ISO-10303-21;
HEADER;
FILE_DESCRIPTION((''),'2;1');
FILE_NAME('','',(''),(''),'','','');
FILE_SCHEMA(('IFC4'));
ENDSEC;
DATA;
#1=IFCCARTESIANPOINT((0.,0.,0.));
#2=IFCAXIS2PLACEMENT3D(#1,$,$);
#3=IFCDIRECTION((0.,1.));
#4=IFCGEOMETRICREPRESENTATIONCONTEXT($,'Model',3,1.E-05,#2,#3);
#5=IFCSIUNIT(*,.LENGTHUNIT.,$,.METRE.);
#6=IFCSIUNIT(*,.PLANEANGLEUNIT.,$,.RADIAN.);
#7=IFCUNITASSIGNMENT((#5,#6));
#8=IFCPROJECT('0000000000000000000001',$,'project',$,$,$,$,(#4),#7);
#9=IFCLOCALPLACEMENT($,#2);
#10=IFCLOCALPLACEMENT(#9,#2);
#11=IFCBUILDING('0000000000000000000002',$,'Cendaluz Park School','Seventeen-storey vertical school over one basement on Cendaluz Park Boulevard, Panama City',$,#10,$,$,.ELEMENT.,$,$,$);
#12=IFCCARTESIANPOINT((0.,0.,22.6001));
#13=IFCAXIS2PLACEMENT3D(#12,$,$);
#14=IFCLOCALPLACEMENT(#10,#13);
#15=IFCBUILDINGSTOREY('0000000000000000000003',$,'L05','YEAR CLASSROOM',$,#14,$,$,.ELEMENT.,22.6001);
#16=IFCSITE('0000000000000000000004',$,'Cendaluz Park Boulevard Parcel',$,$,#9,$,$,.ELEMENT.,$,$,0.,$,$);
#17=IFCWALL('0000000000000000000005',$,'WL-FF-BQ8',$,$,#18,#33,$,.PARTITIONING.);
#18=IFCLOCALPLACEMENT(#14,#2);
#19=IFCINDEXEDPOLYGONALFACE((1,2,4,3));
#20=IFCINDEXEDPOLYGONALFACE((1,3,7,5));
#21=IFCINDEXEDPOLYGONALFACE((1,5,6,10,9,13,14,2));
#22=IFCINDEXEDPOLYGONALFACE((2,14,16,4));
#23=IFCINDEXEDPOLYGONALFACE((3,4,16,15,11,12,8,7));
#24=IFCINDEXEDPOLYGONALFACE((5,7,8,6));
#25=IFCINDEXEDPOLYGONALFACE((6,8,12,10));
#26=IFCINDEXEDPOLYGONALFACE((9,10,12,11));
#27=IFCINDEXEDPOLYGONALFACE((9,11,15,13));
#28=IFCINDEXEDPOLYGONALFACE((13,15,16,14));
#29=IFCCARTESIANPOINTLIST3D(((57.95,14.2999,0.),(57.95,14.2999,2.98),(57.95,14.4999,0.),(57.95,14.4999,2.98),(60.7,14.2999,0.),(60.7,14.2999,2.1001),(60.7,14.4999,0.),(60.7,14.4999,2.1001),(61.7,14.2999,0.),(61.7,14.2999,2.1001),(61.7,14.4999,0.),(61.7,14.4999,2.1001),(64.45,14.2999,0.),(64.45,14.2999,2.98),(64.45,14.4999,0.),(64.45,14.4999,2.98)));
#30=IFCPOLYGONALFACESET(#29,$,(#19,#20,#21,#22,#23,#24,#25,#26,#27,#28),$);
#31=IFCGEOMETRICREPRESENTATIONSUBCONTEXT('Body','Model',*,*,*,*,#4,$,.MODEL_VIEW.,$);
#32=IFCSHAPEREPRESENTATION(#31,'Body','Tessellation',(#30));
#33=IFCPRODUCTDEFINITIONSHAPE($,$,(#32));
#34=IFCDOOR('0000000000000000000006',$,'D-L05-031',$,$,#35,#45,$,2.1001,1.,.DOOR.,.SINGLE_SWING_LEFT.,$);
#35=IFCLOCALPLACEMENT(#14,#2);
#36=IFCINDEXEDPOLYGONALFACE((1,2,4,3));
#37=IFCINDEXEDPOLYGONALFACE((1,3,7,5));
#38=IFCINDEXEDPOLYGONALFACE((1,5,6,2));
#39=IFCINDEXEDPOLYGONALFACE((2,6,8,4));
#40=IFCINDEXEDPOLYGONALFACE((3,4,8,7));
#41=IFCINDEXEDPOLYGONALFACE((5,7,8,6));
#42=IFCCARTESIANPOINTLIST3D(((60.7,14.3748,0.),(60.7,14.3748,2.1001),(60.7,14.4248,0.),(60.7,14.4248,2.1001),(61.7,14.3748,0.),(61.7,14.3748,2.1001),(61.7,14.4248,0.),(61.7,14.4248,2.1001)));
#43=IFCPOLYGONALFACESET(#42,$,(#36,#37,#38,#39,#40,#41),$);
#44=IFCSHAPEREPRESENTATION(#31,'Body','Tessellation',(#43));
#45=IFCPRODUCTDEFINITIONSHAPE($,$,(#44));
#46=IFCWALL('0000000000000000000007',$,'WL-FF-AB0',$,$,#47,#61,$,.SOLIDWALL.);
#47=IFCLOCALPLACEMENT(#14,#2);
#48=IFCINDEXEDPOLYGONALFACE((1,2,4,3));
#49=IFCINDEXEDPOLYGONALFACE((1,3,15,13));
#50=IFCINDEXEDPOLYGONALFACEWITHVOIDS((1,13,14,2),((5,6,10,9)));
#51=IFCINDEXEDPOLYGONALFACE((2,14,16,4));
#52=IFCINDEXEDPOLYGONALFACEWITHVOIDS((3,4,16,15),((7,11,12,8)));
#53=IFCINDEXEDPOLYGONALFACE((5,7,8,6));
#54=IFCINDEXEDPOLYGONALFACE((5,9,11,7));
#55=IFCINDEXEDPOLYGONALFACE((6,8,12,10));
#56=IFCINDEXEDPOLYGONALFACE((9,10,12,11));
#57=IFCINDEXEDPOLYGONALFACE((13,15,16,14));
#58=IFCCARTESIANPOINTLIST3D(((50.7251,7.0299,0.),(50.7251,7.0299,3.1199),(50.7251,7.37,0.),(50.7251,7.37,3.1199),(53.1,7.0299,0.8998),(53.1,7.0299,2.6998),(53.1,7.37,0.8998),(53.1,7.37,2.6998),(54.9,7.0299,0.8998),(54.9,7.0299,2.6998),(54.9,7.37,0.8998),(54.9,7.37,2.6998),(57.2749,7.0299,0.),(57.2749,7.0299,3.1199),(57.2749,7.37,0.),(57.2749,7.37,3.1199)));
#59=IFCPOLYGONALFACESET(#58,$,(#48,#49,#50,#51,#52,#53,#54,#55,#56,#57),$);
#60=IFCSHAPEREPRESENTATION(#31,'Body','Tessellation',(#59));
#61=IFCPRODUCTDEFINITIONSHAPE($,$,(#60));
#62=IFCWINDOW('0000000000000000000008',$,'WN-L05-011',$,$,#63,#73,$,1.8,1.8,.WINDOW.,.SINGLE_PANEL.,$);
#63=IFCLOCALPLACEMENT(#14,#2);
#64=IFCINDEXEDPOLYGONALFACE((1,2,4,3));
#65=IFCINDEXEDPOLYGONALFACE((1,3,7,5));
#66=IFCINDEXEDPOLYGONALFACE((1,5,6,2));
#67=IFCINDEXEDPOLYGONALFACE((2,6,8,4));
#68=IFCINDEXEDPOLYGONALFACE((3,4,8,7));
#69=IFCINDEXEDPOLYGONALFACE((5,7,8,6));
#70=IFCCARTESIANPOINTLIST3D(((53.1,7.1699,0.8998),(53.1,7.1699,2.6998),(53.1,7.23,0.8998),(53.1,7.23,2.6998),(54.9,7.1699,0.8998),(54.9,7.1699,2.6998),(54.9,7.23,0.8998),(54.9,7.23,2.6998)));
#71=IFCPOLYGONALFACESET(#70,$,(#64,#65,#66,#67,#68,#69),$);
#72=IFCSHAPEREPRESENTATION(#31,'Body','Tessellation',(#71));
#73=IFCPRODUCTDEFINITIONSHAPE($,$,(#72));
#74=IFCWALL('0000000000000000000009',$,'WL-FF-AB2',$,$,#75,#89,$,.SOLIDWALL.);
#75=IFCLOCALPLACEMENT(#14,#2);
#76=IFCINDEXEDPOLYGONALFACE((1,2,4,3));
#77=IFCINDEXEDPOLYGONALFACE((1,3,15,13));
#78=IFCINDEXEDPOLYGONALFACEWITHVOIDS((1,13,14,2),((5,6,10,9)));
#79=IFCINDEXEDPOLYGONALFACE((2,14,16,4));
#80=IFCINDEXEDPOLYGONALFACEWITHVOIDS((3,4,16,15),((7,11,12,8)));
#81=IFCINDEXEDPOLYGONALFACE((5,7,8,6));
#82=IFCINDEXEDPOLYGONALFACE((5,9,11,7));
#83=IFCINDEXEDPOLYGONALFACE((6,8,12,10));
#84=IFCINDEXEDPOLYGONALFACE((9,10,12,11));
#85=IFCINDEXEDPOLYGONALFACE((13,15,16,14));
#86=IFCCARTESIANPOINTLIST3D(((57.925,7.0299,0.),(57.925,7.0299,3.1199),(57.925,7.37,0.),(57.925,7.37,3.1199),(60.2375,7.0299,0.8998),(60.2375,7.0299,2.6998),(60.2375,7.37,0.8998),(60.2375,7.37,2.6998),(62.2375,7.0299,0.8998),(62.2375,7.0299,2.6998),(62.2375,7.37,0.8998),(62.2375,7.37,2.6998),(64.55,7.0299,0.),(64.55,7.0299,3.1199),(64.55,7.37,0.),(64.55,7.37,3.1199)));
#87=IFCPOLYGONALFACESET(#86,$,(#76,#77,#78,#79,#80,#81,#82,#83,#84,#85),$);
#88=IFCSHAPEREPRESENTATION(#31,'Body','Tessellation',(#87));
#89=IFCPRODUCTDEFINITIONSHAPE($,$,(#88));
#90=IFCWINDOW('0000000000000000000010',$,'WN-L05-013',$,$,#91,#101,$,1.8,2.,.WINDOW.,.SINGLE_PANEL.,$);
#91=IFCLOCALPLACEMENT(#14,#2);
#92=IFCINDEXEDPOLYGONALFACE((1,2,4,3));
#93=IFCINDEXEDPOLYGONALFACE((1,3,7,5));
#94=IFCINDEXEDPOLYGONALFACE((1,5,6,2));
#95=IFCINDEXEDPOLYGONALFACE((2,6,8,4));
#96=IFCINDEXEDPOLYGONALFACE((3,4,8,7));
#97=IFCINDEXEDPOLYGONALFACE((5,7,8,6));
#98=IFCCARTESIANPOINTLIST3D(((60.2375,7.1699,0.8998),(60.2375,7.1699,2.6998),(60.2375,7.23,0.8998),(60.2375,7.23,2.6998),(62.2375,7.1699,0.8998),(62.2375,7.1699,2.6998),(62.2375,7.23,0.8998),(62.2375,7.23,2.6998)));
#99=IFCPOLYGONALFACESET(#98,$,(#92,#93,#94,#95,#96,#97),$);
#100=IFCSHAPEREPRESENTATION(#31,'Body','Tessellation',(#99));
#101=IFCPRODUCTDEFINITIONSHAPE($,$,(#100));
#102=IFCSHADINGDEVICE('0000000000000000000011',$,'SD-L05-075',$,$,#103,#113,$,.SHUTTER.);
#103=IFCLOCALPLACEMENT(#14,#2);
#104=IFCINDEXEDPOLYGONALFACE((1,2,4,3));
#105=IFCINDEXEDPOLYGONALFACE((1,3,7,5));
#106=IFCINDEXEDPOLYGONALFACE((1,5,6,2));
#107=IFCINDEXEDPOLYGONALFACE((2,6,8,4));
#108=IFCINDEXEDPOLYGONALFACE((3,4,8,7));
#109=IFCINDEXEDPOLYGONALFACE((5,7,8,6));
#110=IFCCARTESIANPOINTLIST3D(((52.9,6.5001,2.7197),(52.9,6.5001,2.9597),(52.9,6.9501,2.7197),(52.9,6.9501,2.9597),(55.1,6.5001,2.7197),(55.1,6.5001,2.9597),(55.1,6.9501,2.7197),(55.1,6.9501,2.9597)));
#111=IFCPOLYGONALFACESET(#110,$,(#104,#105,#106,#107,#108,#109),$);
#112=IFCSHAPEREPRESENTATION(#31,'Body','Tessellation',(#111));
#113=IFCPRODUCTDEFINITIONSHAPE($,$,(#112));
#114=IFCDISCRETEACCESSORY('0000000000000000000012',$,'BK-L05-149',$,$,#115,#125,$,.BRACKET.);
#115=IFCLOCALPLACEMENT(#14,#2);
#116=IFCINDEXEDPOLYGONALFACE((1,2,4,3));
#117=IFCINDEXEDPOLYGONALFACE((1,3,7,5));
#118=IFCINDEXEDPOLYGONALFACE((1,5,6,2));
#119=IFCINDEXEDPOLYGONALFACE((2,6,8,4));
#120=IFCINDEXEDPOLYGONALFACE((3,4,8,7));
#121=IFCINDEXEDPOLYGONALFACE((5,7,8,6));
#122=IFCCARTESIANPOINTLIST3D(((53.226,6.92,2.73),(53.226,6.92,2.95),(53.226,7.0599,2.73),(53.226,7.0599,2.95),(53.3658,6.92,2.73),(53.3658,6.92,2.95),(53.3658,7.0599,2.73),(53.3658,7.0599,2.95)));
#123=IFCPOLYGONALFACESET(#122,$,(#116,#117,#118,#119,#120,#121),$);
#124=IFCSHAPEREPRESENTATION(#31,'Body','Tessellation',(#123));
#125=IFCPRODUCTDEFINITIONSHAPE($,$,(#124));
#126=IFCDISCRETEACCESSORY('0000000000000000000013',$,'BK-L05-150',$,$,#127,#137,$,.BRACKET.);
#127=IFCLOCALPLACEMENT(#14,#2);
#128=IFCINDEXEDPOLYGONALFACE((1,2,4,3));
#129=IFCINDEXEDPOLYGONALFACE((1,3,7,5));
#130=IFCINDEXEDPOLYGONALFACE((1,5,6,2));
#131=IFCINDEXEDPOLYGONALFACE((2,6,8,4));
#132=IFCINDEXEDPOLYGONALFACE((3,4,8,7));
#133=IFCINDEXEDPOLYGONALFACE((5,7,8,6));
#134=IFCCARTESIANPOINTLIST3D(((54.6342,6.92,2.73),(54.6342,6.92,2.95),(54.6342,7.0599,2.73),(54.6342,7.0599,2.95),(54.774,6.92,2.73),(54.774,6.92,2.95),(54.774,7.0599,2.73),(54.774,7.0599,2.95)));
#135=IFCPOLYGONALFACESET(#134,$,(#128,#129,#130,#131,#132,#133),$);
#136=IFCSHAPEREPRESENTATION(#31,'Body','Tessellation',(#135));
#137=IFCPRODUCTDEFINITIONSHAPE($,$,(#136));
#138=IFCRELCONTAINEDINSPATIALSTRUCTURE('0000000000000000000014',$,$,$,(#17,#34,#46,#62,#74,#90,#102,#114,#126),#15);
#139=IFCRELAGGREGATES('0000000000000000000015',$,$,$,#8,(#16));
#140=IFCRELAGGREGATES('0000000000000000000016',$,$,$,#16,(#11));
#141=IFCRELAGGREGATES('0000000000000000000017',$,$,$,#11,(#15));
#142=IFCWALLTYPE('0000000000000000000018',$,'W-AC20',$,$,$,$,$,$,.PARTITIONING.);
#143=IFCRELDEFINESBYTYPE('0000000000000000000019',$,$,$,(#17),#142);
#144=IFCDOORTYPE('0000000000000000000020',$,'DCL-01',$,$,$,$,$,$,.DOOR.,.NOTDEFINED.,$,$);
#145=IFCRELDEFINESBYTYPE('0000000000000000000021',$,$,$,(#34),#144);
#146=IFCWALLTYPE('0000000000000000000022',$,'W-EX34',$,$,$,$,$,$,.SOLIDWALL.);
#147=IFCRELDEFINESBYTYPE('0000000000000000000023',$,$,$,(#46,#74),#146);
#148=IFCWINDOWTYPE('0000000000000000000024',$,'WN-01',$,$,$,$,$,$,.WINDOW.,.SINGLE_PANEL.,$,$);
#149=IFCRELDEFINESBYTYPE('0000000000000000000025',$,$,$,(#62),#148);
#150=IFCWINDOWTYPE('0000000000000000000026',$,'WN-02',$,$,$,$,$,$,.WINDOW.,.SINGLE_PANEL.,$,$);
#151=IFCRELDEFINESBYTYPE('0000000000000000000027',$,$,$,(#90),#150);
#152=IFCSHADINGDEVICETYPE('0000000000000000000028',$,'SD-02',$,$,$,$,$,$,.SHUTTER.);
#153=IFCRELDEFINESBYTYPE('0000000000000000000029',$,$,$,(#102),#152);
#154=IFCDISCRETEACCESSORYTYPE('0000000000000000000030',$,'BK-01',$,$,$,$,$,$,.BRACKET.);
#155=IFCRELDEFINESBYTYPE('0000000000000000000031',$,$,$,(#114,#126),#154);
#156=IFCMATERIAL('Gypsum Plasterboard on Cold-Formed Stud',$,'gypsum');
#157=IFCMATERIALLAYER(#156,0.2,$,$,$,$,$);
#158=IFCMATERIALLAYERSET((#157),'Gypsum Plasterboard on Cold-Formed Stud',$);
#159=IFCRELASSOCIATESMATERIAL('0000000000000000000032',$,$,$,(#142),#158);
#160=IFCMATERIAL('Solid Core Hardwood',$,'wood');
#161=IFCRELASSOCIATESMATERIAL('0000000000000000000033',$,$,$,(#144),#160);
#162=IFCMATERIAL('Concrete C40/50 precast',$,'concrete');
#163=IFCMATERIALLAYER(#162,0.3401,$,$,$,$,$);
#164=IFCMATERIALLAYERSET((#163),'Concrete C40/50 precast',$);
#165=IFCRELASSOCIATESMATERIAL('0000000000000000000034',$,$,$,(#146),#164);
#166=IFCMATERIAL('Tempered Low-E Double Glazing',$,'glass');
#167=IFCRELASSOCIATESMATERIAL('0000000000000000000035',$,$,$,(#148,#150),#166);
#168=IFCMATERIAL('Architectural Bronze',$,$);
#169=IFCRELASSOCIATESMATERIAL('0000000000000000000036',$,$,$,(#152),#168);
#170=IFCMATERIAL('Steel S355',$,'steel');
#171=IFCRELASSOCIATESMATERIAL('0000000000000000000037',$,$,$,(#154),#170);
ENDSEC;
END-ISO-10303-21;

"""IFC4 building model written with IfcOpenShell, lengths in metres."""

from ifc_helpers import new_model, si_unit, direction, frame, frame_2d, origin, origin_2d, place, context, subcontext, project, spatial, rectangle, extrude, material, layer, layer_set, type_object, element, fill, save


model = new_model("IFC4")

# Units and contexts
model_context = context("Model", 3, precision=1e-05, world=origin(), true_north=direction((0.0, 1.0)))
body_context = subcontext(model_context, "Body", "Model", "MODEL_VIEW")
ifc_project = project(units=[si_unit("LENGTHUNIT", "METRE"), si_unit("PLANEANGLEUNIT", "RADIAN")], contexts=[model_context])

# Site, building, storey
site_placement = place(None, origin())
site = spatial("IfcSite", under=ifc_project, at=site_placement, Name="Cendaluz Park Boulevard Parcel", CompositionType="ELEMENT", RefElevation=0.0)
building_placement = place(site_placement, origin())
building = spatial("IfcBuilding", under=site, at=building_placement, Name="Cendaluz Park School", Description="Seventeen-storey vertical school over one basement on Cendaluz Park Boulevard, Panama City", CompositionType="ELEMENT")
storey_placement = place(building_placement, frame((0.0, 0.0, 22.6001)))
storey = spatial("IfcBuildingStorey", under=building, at=storey_placement, Name="L05", Description="YEAR CLASSROOM", CompositionType="ELEMENT", Elevation=22.6001)

# Wall, opening, door
ifc_material_1 = material(Name="Gypsum Plasterboard on Cold-Formed Stud", Category="gypsum")
ifc_layer_1 = layer(ifc_material_1, 0.2)
ifc_layer_set_1 = layer_set([ifc_layer_1], Name="Gypsum Plasterboard on Cold-Formed Stud")
wall_type_1 = type_object("IfcWallType", Name="W-AC20", PredefinedType="PARTITIONING", material=ifc_layer_set_1)
ifc_material_2 = material(Name="Solid Core Hardwood", Category="wood")
wall_1_placement = place(storey_placement, frame((57.95, 14.3999, 0.0), z_axis=(0.0, 0.0, 1.0), x_axis=(1.0, 0.0, 0.0)))
wall_1 = element("IfcWall", 1, at=wall_1_placement, inside=storey, type_object=wall_type_1, Name="WL-FF-BQ8", PredefinedType="PARTITIONING", context=body_context, shape_type="SweptSolid", body=[
    extrude(rectangle(XDim=6.5, YDim=0.2, at=frame_2d((3.25, 0.0))), origin(), (0.0, 0.0, 1.0), 2.98),
])
opening_1_placement = place(wall_1_placement, frame((2.75, 0.0, 0.0)))
opening_1 = element("IfcOpeningElement", 2, at=opening_1_placement, cuts=wall_1, PredefinedType="OPENING", context=body_context, shape_type="SweptSolid", body=[
    extrude(rectangle(XDim=1.0, YDim=2.1001, at=frame_2d((0.5, 1.05))), frame((0.0, 0.1121, 0.0), z_axis=(0.0, -1.0, 0.0), x_axis=(1.0, 0.0, 0.0)), (0.0, 0.0, 1.0), 0.2239),
])
door_type_1 = type_object("IfcDoorType", Name="DCL-01", OperationType="NOTDEFINED", PredefinedType="DOOR", material=ifc_material_2)
door_1_placement = place(opening_1_placement, origin())
door_1 = element("IfcDoor", 3, at=door_1_placement, inside=storey, type_object=door_type_1, Name="D-L05-031", OperationType="SINGLE_SWING_LEFT", OverallHeight=2.1001, OverallWidth=1.0, PredefinedType="DOOR", context=body_context, shape_type="SweptSolid", body=[
    extrude(rectangle(XDim=1.0, YDim=2.1001, at=frame_2d((0.5, 1.05))), frame((0.0, 0.0249, 0.0), z_axis=(0.0, -1.0, 0.0), x_axis=(1.0, 0.0, 0.0)), (0.0, 0.0, 1.0), 0.05),
])
fill(opening_1, door_1)

# Walls, openings, windows
ifc_material_3 = material(Name="Concrete C40/50 precast", Category="concrete")
ifc_layer_2 = layer(ifc_material_3, 0.3401)
ifc_layer_set_2 = layer_set([ifc_layer_2], Name="Concrete C40/50 precast")
wall_type_2 = type_object("IfcWallType", Name="W-EX34", PredefinedType="SOLIDWALL", material=ifc_layer_set_2)
wall_2_placement = place(storey_placement, frame((50.7251, 7.2, 0.0), z_axis=(0.0, 0.0, 1.0), x_axis=(1.0, 0.0, 0.0)))
wall_2 = element("IfcWall", 4, at=wall_2_placement, inside=storey, type_object=wall_type_2, Name="WL-FF-AB0", PredefinedType="SOLIDWALL", context=body_context, shape_type="SweptSolid", body=[
    extrude(rectangle(XDim=6.5498, YDim=0.3401, at=frame_2d((3.2749, 0.0))), origin(), (0.0, 0.0, 1.0), 3.1199),
])
opening_2_placement = place(wall_2_placement, frame((2.375, 0.0, 0.8999)))
opening_2 = element("IfcOpeningElement", 5, at=opening_2_placement, cuts=wall_2, PredefinedType="OPENING", context=body_context, shape_type="SweptSolid", body=[
    extrude(rectangle(XDim=1.8, YDim=1.8, at=frame_2d((0.8999, 0.8999))), frame((0.0, 0.1821, 0.0), z_axis=(0.0, -1.0, 0.0), x_axis=(1.0, 0.0, 0.0)), (0.0, 0.0, 1.0), 0.364),
])
ifc_material_4 = material(Name="Tempered Low-E Double Glazing", Category="glass")
window_type_1 = type_object("IfcWindowType", Name="WN-01", PartitioningType="SINGLE_PANEL", PredefinedType="WINDOW", material=ifc_material_4)
window_1_placement = place(opening_2_placement, origin())
window_1 = element("IfcWindow", 6, at=window_1_placement, inside=storey, type_object=window_type_1, Name="WN-L05-011", OverallHeight=1.8, OverallWidth=1.8, PartitioningType="SINGLE_PANEL", PredefinedType="WINDOW", context=body_context, shape_type="SweptSolid", body=[
    extrude(rectangle(XDim=1.8, YDim=1.8, at=frame_2d((0.8999, 0.8999))), frame((0.0, 0.03, 0.0), z_axis=(0.0, -1.0, 0.0), x_axis=(1.0, 0.0, 0.0)), (0.0, 0.0, 1.0), 0.0601),
])
fill(opening_2, window_1)
wall_3_placement = place(storey_placement, frame((57.925, 7.2, 0.0), z_axis=(0.0, 0.0, 1.0), x_axis=(1.0, 0.0, 0.0)))
wall_3 = element("IfcWall", 7, at=wall_3_placement, inside=storey, type_object=wall_type_2, Name="WL-FF-AB2", PredefinedType="SOLIDWALL", context=body_context, shape_type="SweptSolid", body=[
    extrude(rectangle(XDim=6.625, YDim=0.3401, at=frame_2d((3.3125, 0.0))), origin(), (0.0, 0.0, 1.0), 3.1199),
])
opening_3_placement = place(wall_3_placement, frame((2.3125, 0.0, 0.8999)))
opening_3 = element("IfcOpeningElement", 8, at=opening_3_placement, cuts=wall_3, PredefinedType="OPENING", context=body_context, shape_type="SweptSolid", body=[
    extrude(rectangle(XDim=2.0, YDim=1.8, at=frame_2d((1.0, 0.8999))), frame((0.0, 0.1821, 0.0), z_axis=(0.0, -1.0, 0.0), x_axis=(1.0, 0.0, 0.0)), (0.0, 0.0, 1.0), 0.364),
])
window_type_2 = type_object("IfcWindowType", Name="WN-02", PartitioningType="SINGLE_PANEL", PredefinedType="WINDOW", material=ifc_material_4)
window_2_placement = place(opening_3_placement, origin())
window_2 = element("IfcWindow", 9, at=window_2_placement, inside=storey, type_object=window_type_2, Name="WN-L05-013", OverallHeight=1.8, OverallWidth=2.0, PartitioningType="SINGLE_PANEL", PredefinedType="WINDOW", context=body_context, shape_type="SweptSolid", body=[
    extrude(rectangle(XDim=2.0, YDim=1.8, at=frame_2d((1.0, 0.8999))), frame((0.0, 0.03, 0.0), z_axis=(0.0, -1.0, 0.0), x_axis=(1.0, 0.0, 0.0)), (0.0, 0.0, 1.0), 0.0601),
])
fill(opening_3, window_2)

# Shading device
ifc_material_5 = material(Name="Architectural Bronze")
shading_device_type = type_object("IfcShadingDeviceType", Name="SD-02", PredefinedType="SHUTTER", material=ifc_material_5)
shading_device_placement = place(storey_placement, frame((54.0, 6.7251, 2.7197), z_axis=(0.0, 0.0, 1.0), x_axis=(1.0, 0.0, 0.0)))
element("IfcShadingDevice", 10, at=shading_device_placement, inside=storey, type_object=shading_device_type, Name="SD-L05-075", PredefinedType="SHUTTER", context=body_context, shape_type="SweptSolid", body=[
    extrude(rectangle(XDim=2.2, YDim=0.45, at=origin_2d()), origin(), (0.0, 0.0, 1.0), 0.24),
])

# Discrete accessories
ifc_material_6 = material(Name="Steel S355", Category="steel")
discrete_accessory_type = type_object("IfcDiscreteAccessoryType", Name="BK-01", PredefinedType="BRACKET", material=ifc_material_6)
for number, where, z_axis, x_axis, name in (
    (11, (53.2959, 6.99, 2.73), (0.0, 0.0, 1.0), (1.0, 0.0, 0.0), "BK-L05-149"),
    (12, (54.7041, 6.99, 2.73), (0.0, 0.0, 1.0), (1.0, 0.0, 0.0), "BK-L05-150"),
):
    element("IfcDiscreteAccessory", number, at=place(storey_placement, frame(where, z_axis=z_axis, x_axis=x_axis)), inside=storey, type_object=discrete_accessory_type, Name=name, PredefinedType="BRACKET", context=body_context, shape_type="SweptSolid", body=[
        extrude(rectangle(XDim=0.1399, YDim=0.1399, at=origin_2d()), origin(), (0.0, 0.0, 1.0), 0.22),
    ])

save(model, "model.ifc")
